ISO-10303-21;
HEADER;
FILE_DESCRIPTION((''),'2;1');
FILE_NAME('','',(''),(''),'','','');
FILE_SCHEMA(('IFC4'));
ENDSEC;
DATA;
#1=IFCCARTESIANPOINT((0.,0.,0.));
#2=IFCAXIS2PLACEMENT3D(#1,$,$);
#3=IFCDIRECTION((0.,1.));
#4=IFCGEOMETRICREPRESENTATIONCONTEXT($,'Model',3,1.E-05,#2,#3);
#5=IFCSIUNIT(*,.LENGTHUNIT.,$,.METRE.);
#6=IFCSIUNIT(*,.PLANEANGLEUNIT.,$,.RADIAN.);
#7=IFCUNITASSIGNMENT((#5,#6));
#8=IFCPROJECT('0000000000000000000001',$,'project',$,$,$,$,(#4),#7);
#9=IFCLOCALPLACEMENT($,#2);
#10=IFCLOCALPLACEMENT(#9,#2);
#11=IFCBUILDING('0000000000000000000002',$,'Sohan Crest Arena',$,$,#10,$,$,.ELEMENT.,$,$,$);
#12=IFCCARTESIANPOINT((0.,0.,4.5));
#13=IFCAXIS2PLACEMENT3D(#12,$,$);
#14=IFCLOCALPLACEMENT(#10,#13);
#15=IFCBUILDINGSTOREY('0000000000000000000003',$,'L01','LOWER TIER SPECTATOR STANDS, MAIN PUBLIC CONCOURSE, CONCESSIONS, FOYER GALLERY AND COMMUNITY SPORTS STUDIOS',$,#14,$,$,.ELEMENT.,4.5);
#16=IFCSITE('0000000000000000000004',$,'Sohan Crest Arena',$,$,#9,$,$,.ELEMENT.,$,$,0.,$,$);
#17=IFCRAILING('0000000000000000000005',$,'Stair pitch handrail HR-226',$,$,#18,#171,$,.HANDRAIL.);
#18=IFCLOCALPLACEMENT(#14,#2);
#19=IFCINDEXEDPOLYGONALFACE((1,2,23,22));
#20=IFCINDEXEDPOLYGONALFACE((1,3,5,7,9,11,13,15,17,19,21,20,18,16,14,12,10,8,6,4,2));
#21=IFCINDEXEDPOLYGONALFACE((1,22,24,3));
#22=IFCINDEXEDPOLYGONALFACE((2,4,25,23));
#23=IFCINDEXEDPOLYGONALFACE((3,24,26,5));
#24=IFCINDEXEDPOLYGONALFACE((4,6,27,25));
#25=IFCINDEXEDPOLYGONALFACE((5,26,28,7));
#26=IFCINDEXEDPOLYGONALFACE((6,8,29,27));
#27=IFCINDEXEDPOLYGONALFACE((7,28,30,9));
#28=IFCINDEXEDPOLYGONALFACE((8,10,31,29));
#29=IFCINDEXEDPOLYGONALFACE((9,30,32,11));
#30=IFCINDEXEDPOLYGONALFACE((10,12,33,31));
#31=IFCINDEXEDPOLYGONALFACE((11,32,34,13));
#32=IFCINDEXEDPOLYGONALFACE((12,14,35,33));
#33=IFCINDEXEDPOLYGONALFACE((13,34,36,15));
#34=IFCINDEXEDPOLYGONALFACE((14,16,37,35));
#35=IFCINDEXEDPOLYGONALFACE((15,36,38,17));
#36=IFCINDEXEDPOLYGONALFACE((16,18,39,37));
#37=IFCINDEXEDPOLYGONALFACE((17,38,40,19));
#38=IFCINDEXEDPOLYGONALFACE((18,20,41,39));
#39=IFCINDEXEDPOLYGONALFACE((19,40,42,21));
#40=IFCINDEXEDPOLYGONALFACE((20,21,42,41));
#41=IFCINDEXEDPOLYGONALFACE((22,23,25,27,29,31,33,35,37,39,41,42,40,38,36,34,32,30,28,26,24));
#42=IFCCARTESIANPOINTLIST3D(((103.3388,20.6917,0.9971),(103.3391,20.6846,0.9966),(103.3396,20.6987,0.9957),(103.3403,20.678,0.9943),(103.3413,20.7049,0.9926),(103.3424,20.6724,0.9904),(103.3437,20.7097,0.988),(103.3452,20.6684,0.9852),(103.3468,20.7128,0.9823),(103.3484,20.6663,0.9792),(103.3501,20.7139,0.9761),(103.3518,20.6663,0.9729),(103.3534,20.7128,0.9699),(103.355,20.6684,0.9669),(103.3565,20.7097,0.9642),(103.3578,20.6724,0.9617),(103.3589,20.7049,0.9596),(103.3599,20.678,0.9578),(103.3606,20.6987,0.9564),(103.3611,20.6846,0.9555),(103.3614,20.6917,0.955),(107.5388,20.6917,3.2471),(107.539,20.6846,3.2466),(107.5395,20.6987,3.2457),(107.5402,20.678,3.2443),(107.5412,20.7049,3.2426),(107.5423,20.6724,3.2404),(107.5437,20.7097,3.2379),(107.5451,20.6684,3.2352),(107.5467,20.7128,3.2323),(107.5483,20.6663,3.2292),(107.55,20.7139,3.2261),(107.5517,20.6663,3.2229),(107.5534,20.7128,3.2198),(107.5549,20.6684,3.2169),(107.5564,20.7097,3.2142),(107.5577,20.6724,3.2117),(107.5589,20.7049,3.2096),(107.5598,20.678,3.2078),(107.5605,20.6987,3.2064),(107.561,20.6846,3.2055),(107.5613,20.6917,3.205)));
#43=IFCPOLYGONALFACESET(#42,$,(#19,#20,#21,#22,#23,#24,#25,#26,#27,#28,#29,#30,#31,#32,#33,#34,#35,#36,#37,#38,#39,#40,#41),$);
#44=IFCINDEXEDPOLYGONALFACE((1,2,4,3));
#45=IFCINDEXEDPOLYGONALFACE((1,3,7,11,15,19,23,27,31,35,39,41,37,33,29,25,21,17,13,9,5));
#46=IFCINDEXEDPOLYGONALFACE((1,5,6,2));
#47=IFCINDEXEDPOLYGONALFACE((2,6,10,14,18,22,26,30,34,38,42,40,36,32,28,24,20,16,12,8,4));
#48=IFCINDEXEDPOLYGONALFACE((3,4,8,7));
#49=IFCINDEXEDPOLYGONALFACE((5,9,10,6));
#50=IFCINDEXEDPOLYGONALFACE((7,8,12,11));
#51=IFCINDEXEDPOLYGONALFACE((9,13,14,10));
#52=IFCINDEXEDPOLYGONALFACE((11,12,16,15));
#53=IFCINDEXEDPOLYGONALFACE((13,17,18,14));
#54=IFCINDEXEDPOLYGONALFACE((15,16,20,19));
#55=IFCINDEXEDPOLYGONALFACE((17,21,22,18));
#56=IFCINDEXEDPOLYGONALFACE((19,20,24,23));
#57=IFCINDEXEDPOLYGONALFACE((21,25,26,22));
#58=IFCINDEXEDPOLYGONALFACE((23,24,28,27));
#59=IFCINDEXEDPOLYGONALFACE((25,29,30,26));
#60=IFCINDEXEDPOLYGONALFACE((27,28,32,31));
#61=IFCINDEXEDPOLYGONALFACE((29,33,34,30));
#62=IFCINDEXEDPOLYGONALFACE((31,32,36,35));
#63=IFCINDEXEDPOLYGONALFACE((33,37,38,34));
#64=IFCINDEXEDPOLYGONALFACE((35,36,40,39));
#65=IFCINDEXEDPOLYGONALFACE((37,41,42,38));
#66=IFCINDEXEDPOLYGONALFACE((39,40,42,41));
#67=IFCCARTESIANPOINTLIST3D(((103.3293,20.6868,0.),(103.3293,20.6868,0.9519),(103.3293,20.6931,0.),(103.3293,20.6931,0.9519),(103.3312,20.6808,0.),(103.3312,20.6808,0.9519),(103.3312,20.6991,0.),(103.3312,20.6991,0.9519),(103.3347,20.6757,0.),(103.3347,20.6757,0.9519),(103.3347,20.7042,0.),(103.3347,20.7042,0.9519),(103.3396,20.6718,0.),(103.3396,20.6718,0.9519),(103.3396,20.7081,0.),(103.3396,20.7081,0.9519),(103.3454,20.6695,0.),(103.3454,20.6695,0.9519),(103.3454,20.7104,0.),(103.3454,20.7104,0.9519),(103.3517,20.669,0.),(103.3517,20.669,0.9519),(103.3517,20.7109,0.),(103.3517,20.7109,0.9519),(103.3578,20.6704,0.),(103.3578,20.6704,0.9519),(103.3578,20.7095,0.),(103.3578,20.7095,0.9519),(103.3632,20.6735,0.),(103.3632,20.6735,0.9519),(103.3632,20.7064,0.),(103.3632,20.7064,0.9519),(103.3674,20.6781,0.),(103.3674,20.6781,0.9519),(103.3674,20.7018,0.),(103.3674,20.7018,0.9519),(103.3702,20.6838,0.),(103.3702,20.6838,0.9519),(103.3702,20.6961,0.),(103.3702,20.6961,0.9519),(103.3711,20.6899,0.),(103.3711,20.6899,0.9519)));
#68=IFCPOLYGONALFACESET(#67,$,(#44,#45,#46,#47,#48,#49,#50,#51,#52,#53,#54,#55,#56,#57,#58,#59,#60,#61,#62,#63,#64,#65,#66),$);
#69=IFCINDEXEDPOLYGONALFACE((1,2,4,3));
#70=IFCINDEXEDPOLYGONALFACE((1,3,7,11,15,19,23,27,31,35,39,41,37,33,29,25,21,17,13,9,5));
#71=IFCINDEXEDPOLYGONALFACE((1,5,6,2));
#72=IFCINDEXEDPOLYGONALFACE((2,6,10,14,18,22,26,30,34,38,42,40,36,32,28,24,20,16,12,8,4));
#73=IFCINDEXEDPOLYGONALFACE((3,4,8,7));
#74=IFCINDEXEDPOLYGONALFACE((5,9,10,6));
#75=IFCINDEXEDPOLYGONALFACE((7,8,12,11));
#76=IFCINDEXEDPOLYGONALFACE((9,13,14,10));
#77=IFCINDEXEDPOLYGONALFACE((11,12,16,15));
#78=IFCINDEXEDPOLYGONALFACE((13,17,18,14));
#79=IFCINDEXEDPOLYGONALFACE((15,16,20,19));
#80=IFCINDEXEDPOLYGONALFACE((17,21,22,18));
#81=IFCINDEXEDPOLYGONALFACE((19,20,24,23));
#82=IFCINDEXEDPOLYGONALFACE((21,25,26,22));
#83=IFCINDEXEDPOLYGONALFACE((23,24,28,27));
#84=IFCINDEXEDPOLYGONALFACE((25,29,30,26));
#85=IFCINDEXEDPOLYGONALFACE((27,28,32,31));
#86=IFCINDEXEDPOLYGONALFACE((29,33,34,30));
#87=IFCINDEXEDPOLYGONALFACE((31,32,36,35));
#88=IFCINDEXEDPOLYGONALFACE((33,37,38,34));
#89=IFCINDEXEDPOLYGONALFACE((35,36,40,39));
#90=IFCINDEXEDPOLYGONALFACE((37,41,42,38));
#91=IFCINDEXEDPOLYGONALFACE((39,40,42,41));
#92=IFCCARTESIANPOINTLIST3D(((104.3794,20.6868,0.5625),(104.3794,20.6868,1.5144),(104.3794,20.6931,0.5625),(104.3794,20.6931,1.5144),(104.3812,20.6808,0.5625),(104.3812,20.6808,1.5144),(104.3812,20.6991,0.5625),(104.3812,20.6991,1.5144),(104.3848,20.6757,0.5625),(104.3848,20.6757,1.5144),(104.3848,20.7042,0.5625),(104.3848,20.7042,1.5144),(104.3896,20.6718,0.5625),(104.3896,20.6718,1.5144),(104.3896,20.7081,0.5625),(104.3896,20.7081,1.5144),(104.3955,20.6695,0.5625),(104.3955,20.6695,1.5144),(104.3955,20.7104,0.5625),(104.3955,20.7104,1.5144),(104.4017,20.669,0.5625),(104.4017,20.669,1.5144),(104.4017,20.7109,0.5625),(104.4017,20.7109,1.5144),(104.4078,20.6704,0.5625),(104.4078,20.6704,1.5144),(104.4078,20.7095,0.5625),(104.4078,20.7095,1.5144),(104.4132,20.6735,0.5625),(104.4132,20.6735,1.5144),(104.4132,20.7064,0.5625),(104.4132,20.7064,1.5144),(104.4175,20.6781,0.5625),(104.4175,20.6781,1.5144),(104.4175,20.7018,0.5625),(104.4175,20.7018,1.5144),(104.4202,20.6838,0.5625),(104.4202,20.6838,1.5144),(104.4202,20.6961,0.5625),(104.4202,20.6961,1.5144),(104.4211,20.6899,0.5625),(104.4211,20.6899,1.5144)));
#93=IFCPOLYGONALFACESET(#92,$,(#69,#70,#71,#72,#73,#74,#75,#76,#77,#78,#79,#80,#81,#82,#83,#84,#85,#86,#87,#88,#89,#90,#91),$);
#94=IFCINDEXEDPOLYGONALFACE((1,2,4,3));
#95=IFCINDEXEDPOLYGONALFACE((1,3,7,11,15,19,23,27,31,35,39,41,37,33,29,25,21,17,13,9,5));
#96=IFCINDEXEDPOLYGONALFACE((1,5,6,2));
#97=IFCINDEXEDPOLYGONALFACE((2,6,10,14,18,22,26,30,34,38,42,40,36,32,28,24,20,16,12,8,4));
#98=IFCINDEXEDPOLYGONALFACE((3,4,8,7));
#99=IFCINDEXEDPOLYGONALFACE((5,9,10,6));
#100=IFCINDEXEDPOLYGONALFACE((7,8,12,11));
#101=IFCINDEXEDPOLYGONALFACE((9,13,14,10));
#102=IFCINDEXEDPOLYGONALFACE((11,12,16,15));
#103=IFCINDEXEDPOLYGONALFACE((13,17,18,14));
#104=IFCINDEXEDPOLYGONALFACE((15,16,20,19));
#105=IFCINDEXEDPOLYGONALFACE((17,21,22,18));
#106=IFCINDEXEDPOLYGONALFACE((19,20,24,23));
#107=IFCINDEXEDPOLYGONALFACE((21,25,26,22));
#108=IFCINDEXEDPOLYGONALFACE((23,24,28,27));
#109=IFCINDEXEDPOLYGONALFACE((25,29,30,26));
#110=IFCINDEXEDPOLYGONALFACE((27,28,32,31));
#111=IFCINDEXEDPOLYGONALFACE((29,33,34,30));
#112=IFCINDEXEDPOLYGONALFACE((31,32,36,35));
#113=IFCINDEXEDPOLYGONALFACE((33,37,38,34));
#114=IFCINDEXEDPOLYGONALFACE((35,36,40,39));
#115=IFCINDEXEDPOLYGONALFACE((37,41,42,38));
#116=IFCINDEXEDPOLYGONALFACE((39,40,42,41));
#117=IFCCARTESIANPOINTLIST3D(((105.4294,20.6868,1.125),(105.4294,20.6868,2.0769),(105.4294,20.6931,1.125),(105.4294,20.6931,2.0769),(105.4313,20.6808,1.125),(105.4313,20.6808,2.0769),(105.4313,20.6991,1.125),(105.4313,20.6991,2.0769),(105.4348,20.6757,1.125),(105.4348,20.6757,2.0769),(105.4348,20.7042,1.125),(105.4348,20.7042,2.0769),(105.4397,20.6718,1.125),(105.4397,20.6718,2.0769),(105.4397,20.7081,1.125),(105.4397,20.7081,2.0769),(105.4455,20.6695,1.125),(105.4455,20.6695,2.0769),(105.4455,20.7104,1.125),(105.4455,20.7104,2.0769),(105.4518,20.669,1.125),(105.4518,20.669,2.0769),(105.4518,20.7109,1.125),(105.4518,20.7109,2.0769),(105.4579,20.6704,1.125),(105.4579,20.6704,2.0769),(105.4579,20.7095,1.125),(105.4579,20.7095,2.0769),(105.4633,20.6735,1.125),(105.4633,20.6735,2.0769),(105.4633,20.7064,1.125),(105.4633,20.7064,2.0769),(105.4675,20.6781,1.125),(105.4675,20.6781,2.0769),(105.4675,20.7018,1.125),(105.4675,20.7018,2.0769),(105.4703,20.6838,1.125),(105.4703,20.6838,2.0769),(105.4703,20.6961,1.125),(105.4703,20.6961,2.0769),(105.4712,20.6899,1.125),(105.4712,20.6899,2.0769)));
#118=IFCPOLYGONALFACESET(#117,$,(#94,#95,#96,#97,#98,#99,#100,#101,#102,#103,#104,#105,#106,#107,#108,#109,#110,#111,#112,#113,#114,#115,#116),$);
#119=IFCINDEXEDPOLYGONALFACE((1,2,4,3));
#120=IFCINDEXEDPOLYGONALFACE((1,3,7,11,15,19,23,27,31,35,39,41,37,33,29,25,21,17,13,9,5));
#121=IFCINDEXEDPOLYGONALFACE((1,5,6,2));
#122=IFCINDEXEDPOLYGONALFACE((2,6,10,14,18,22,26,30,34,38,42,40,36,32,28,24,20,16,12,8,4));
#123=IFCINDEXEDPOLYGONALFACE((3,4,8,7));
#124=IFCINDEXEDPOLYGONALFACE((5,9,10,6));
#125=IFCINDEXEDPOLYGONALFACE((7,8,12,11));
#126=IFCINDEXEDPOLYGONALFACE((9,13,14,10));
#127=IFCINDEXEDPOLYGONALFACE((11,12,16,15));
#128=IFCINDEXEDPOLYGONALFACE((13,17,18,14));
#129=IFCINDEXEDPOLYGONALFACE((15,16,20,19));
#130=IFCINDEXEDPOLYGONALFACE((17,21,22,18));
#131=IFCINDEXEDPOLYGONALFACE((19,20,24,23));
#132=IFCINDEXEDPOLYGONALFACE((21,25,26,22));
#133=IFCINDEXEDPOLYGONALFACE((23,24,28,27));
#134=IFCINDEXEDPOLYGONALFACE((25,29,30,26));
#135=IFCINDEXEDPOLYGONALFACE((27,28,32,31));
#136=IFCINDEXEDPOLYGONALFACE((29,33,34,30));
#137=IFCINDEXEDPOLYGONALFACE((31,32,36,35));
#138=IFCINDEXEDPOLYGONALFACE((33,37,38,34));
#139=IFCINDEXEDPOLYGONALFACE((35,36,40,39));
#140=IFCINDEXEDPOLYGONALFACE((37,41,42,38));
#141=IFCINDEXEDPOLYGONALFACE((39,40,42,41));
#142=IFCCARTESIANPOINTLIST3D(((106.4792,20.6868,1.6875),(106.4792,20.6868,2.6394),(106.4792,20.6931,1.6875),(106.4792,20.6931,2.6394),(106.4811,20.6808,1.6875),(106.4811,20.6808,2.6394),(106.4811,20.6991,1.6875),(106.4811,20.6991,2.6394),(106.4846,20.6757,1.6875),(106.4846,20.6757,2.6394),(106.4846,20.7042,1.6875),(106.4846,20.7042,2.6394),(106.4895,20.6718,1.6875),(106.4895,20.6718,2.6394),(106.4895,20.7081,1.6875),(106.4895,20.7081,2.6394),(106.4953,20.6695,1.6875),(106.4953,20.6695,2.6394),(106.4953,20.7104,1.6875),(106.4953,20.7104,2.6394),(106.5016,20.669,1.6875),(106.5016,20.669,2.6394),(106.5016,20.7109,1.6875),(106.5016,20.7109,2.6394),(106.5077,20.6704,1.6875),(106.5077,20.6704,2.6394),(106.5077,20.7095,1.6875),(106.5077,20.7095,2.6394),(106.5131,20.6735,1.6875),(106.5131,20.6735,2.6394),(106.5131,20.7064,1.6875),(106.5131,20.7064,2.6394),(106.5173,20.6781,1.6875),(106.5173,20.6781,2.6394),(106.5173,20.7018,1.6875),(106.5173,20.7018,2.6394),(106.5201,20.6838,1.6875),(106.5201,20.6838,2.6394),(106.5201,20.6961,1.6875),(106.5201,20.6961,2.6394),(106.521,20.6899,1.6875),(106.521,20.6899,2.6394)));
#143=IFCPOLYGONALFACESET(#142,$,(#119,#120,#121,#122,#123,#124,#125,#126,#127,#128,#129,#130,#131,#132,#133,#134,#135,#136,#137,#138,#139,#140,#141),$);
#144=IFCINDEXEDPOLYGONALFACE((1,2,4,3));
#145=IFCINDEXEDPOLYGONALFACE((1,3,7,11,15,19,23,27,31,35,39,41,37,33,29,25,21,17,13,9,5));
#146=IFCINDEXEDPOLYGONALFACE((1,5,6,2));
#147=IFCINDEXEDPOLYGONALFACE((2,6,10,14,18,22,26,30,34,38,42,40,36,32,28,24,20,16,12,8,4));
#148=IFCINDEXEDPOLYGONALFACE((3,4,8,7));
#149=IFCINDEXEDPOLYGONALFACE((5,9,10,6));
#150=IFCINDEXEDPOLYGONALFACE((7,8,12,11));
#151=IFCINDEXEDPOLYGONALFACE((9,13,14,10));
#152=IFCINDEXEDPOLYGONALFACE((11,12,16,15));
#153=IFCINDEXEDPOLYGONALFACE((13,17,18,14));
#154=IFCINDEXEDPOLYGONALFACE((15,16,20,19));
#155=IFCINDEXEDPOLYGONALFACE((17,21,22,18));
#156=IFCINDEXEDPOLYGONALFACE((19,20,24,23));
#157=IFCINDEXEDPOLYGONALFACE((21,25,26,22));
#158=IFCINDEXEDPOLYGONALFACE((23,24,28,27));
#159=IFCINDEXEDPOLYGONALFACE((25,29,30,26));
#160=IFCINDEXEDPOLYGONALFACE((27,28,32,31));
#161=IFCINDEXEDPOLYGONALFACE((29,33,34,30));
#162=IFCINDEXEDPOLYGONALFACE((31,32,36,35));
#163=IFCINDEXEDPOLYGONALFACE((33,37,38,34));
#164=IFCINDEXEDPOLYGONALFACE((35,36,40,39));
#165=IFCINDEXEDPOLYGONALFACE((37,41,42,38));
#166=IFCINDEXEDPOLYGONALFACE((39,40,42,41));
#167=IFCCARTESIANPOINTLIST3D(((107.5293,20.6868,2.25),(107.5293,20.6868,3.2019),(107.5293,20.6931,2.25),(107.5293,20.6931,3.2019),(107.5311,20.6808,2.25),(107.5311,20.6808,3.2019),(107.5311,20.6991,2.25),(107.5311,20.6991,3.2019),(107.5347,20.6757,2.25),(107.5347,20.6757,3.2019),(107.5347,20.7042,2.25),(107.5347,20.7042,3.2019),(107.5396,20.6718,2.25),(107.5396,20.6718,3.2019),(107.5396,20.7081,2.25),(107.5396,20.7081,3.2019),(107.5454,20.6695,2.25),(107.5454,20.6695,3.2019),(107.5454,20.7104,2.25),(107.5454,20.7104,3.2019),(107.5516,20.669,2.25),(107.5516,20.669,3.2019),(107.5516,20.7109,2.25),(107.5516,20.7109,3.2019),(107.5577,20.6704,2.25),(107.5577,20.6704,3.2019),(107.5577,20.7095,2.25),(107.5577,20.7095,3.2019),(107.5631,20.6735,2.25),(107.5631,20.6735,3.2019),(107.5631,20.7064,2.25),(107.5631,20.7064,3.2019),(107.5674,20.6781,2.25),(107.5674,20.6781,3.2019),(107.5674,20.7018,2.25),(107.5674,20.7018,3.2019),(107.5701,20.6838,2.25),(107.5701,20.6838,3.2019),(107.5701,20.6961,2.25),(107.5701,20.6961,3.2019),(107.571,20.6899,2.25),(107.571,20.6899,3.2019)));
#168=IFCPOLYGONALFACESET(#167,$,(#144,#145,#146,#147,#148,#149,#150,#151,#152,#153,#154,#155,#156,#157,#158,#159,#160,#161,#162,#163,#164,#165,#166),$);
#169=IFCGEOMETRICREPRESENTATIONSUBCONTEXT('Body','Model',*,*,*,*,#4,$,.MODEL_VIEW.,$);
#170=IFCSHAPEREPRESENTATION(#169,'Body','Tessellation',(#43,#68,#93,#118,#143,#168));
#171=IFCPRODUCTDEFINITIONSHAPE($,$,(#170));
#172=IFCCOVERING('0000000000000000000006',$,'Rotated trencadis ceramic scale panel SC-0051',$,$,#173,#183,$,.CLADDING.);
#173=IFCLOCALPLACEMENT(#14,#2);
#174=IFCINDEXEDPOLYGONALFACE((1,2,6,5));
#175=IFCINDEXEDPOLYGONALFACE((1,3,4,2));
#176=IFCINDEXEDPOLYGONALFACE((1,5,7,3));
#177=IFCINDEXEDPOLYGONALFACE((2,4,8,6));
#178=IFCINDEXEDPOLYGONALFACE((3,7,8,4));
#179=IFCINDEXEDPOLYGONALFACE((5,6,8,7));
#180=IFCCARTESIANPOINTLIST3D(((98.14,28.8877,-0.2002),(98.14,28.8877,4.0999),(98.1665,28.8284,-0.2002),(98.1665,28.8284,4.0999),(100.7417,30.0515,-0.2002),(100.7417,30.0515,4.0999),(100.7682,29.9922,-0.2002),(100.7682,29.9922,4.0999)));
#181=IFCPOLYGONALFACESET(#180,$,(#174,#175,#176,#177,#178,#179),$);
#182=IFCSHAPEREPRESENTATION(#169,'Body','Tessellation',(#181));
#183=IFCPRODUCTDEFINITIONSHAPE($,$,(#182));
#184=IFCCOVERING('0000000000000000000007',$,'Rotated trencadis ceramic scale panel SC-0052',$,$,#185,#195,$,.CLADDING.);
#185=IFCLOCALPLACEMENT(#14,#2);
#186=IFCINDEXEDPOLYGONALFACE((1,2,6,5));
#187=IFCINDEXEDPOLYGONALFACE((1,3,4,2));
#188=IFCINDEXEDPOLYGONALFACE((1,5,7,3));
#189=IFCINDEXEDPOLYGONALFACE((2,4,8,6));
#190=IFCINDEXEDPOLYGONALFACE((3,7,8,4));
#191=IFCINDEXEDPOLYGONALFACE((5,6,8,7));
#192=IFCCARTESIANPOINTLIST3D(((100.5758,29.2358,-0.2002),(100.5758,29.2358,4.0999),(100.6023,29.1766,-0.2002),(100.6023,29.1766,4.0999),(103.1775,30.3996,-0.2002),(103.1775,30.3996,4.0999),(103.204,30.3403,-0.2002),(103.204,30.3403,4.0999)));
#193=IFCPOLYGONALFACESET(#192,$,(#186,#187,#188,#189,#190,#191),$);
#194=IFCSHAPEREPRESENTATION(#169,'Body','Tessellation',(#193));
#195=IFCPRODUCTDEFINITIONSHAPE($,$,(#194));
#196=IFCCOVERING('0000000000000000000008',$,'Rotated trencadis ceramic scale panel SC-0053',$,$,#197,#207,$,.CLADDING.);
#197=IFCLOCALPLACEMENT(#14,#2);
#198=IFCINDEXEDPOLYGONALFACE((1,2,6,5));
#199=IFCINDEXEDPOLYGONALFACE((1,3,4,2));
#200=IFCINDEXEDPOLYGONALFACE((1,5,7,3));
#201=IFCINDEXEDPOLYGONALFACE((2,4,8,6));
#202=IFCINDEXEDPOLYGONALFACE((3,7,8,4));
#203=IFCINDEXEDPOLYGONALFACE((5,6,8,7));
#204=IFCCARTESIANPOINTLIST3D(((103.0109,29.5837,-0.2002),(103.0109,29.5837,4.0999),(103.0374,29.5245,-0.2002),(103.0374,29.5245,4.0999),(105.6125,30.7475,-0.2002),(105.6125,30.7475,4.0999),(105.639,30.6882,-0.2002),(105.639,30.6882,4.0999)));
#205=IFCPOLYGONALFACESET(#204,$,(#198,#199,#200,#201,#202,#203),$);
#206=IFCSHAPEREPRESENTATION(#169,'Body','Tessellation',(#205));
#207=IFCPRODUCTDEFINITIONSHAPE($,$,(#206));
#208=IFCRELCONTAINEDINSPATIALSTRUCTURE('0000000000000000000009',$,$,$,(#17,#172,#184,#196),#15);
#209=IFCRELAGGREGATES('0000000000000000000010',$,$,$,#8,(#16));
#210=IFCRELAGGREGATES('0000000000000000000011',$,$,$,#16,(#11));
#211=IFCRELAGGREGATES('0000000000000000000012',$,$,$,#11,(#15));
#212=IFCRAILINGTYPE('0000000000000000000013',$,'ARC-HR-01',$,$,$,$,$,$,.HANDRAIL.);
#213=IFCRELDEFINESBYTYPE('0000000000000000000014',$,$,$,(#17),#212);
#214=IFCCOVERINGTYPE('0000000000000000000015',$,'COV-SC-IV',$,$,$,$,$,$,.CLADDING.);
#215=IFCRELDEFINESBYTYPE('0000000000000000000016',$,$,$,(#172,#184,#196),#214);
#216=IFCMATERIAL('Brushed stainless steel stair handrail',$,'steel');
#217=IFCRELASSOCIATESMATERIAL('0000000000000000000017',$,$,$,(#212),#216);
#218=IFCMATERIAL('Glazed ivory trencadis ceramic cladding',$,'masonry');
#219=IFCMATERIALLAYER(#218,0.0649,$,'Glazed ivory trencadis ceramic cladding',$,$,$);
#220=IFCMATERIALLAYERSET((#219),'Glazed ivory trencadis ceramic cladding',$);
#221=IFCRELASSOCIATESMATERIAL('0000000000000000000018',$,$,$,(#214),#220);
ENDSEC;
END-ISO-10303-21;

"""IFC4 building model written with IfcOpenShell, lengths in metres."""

from ifc_helpers import new_model, si_unit, direction, frame, origin, origin_2d, place, context, subcontext, project, spatial, rectangle, circle, extrude, material, layer, layer_set, type_object, element, save


model = new_model("IFC4")

# Units and contexts
model_context = context("Model", 3, precision=1e-05, world=origin(), true_north=direction((0.0, 1.0)))
body_context = subcontext(model_context, "Body", "Model", "MODEL_VIEW")
ifc_project = project(units=[si_unit("LENGTHUNIT", "METRE"), si_unit("PLANEANGLEUNIT", "RADIAN")], contexts=[model_context])

# Site, building, storey
site_placement = place(None, origin())
site = spatial("IfcSite", under=ifc_project, at=site_placement, Name="Sohan Crest Arena", CompositionType="ELEMENT", RefElevation=0.0)
building_placement = place(site_placement, origin())
building = spatial("IfcBuilding", under=site, at=building_placement, Name="Sohan Crest Arena", CompositionType="ELEMENT")
storey_placement = place(building_placement, frame((0.0, 0.0, 4.5)))
storey = spatial("IfcBuildingStorey", under=building, at=storey_placement, Name="L01", Description="LOWER TIER SPECTATOR STANDS, MAIN PUBLIC CONCOURSE, CONCESSIONS, FOYER GALLERY AND COMMUNITY SPORTS STUDIOS", CompositionType="ELEMENT", Elevation=4.5)

# Railing
ifc_material_1 = material(Name="Brushed stainless steel stair handrail", Category="steel")
railing_type = type_object("IfcRailingType", Name="ARC-HR-01", PredefinedType="HANDRAIL", material=ifc_material_1)
for number, where, name in (
    (1, (103.3501, 20.6899, 0.0), "Stair pitch handrail HR-226"),
):
    element("IfcRailing", number, at=place(storey_placement, frame(where)), inside=storey, type_object=railing_type, Name=name, PredefinedType="HANDRAIL", context=body_context, shape_type="SweptSolid", body=[
        extrude(circle(Radius=0.0239, at=origin_2d()), frame((0.0, 0.0, 0.9761), z_axis=(0.881478, 0.0, 0.472226), x_axis=(0.0, 1.0, 0.0)), (0.0, 0.0, 1.0), 4.7646),
        extrude(circle(Radius=0.021, at=origin_2d()), origin(), (0.0, 0.0, 1.0), 0.9519),
        extrude(circle(Radius=0.021, at=origin_2d()), frame((1.05, 0.0, 0.5625)), (0.0, 0.0, 1.0), 0.9519),
        extrude(circle(Radius=0.021, at=origin_2d()), frame((2.1001, 0.0, 1.125)), (0.0, 0.0, 1.0), 0.9519),
        extrude(circle(Radius=0.021, at=origin_2d()), frame((3.1499, 0.0, 1.6875)), (0.0, 0.0, 1.0), 0.9519),
        extrude(circle(Radius=0.021, at=origin_2d()), frame((4.2, 0.0, 2.25)), (0.0, 0.0, 1.0), 0.9519),
    ])

# Coverings
ifc_material_2 = material(Name="Glazed ivory trencadis ceramic cladding", Category="masonry")
ifc_layer_1 = layer(ifc_material_2, 0.0649, Name="Glazed ivory trencadis ceramic cladding")
ifc_layer_set_1 = layer_set([ifc_layer_1], Name="Glazed ivory trencadis ceramic cladding")
covering_type = type_object("IfcCoveringType", Name="COV-SC-IV", PredefinedType="CLADDING", material=ifc_layer_set_1)
for number, where, z_axis, x_axis, name in (
    (2, (99.4541, 29.4399, -0.2002), (0.0, 0.0, 1.0), (0.912834, 0.40833, 0.0), "Rotated trencadis ceramic scale panel SC-0051"),
    (3, (101.8899, 29.7881, -0.2002), (0.0, 0.0, 1.0), (0.912834, 0.40833, 0.0), "Rotated trencadis ceramic scale panel SC-0052"),
    (4, (104.325, 30.136, -0.2002), (0.0, 0.0, 1.0), (0.912834, 0.40833, 0.0), "Rotated trencadis ceramic scale panel SC-0053"),
):
    element("IfcCovering", number, at=place(storey_placement, frame(where, z_axis=z_axis, x_axis=x_axis)), inside=storey, type_object=covering_type, Name=name, PredefinedType="CLADDING", context=body_context, shape_type="SweptSolid", body=[
        extrude(rectangle(XDim=2.8501, YDim=0.0649, at=origin_2d()), origin(), (0.0, 0.0, 1.0), 4.3),
    ])

save(model, "model.ifc")
